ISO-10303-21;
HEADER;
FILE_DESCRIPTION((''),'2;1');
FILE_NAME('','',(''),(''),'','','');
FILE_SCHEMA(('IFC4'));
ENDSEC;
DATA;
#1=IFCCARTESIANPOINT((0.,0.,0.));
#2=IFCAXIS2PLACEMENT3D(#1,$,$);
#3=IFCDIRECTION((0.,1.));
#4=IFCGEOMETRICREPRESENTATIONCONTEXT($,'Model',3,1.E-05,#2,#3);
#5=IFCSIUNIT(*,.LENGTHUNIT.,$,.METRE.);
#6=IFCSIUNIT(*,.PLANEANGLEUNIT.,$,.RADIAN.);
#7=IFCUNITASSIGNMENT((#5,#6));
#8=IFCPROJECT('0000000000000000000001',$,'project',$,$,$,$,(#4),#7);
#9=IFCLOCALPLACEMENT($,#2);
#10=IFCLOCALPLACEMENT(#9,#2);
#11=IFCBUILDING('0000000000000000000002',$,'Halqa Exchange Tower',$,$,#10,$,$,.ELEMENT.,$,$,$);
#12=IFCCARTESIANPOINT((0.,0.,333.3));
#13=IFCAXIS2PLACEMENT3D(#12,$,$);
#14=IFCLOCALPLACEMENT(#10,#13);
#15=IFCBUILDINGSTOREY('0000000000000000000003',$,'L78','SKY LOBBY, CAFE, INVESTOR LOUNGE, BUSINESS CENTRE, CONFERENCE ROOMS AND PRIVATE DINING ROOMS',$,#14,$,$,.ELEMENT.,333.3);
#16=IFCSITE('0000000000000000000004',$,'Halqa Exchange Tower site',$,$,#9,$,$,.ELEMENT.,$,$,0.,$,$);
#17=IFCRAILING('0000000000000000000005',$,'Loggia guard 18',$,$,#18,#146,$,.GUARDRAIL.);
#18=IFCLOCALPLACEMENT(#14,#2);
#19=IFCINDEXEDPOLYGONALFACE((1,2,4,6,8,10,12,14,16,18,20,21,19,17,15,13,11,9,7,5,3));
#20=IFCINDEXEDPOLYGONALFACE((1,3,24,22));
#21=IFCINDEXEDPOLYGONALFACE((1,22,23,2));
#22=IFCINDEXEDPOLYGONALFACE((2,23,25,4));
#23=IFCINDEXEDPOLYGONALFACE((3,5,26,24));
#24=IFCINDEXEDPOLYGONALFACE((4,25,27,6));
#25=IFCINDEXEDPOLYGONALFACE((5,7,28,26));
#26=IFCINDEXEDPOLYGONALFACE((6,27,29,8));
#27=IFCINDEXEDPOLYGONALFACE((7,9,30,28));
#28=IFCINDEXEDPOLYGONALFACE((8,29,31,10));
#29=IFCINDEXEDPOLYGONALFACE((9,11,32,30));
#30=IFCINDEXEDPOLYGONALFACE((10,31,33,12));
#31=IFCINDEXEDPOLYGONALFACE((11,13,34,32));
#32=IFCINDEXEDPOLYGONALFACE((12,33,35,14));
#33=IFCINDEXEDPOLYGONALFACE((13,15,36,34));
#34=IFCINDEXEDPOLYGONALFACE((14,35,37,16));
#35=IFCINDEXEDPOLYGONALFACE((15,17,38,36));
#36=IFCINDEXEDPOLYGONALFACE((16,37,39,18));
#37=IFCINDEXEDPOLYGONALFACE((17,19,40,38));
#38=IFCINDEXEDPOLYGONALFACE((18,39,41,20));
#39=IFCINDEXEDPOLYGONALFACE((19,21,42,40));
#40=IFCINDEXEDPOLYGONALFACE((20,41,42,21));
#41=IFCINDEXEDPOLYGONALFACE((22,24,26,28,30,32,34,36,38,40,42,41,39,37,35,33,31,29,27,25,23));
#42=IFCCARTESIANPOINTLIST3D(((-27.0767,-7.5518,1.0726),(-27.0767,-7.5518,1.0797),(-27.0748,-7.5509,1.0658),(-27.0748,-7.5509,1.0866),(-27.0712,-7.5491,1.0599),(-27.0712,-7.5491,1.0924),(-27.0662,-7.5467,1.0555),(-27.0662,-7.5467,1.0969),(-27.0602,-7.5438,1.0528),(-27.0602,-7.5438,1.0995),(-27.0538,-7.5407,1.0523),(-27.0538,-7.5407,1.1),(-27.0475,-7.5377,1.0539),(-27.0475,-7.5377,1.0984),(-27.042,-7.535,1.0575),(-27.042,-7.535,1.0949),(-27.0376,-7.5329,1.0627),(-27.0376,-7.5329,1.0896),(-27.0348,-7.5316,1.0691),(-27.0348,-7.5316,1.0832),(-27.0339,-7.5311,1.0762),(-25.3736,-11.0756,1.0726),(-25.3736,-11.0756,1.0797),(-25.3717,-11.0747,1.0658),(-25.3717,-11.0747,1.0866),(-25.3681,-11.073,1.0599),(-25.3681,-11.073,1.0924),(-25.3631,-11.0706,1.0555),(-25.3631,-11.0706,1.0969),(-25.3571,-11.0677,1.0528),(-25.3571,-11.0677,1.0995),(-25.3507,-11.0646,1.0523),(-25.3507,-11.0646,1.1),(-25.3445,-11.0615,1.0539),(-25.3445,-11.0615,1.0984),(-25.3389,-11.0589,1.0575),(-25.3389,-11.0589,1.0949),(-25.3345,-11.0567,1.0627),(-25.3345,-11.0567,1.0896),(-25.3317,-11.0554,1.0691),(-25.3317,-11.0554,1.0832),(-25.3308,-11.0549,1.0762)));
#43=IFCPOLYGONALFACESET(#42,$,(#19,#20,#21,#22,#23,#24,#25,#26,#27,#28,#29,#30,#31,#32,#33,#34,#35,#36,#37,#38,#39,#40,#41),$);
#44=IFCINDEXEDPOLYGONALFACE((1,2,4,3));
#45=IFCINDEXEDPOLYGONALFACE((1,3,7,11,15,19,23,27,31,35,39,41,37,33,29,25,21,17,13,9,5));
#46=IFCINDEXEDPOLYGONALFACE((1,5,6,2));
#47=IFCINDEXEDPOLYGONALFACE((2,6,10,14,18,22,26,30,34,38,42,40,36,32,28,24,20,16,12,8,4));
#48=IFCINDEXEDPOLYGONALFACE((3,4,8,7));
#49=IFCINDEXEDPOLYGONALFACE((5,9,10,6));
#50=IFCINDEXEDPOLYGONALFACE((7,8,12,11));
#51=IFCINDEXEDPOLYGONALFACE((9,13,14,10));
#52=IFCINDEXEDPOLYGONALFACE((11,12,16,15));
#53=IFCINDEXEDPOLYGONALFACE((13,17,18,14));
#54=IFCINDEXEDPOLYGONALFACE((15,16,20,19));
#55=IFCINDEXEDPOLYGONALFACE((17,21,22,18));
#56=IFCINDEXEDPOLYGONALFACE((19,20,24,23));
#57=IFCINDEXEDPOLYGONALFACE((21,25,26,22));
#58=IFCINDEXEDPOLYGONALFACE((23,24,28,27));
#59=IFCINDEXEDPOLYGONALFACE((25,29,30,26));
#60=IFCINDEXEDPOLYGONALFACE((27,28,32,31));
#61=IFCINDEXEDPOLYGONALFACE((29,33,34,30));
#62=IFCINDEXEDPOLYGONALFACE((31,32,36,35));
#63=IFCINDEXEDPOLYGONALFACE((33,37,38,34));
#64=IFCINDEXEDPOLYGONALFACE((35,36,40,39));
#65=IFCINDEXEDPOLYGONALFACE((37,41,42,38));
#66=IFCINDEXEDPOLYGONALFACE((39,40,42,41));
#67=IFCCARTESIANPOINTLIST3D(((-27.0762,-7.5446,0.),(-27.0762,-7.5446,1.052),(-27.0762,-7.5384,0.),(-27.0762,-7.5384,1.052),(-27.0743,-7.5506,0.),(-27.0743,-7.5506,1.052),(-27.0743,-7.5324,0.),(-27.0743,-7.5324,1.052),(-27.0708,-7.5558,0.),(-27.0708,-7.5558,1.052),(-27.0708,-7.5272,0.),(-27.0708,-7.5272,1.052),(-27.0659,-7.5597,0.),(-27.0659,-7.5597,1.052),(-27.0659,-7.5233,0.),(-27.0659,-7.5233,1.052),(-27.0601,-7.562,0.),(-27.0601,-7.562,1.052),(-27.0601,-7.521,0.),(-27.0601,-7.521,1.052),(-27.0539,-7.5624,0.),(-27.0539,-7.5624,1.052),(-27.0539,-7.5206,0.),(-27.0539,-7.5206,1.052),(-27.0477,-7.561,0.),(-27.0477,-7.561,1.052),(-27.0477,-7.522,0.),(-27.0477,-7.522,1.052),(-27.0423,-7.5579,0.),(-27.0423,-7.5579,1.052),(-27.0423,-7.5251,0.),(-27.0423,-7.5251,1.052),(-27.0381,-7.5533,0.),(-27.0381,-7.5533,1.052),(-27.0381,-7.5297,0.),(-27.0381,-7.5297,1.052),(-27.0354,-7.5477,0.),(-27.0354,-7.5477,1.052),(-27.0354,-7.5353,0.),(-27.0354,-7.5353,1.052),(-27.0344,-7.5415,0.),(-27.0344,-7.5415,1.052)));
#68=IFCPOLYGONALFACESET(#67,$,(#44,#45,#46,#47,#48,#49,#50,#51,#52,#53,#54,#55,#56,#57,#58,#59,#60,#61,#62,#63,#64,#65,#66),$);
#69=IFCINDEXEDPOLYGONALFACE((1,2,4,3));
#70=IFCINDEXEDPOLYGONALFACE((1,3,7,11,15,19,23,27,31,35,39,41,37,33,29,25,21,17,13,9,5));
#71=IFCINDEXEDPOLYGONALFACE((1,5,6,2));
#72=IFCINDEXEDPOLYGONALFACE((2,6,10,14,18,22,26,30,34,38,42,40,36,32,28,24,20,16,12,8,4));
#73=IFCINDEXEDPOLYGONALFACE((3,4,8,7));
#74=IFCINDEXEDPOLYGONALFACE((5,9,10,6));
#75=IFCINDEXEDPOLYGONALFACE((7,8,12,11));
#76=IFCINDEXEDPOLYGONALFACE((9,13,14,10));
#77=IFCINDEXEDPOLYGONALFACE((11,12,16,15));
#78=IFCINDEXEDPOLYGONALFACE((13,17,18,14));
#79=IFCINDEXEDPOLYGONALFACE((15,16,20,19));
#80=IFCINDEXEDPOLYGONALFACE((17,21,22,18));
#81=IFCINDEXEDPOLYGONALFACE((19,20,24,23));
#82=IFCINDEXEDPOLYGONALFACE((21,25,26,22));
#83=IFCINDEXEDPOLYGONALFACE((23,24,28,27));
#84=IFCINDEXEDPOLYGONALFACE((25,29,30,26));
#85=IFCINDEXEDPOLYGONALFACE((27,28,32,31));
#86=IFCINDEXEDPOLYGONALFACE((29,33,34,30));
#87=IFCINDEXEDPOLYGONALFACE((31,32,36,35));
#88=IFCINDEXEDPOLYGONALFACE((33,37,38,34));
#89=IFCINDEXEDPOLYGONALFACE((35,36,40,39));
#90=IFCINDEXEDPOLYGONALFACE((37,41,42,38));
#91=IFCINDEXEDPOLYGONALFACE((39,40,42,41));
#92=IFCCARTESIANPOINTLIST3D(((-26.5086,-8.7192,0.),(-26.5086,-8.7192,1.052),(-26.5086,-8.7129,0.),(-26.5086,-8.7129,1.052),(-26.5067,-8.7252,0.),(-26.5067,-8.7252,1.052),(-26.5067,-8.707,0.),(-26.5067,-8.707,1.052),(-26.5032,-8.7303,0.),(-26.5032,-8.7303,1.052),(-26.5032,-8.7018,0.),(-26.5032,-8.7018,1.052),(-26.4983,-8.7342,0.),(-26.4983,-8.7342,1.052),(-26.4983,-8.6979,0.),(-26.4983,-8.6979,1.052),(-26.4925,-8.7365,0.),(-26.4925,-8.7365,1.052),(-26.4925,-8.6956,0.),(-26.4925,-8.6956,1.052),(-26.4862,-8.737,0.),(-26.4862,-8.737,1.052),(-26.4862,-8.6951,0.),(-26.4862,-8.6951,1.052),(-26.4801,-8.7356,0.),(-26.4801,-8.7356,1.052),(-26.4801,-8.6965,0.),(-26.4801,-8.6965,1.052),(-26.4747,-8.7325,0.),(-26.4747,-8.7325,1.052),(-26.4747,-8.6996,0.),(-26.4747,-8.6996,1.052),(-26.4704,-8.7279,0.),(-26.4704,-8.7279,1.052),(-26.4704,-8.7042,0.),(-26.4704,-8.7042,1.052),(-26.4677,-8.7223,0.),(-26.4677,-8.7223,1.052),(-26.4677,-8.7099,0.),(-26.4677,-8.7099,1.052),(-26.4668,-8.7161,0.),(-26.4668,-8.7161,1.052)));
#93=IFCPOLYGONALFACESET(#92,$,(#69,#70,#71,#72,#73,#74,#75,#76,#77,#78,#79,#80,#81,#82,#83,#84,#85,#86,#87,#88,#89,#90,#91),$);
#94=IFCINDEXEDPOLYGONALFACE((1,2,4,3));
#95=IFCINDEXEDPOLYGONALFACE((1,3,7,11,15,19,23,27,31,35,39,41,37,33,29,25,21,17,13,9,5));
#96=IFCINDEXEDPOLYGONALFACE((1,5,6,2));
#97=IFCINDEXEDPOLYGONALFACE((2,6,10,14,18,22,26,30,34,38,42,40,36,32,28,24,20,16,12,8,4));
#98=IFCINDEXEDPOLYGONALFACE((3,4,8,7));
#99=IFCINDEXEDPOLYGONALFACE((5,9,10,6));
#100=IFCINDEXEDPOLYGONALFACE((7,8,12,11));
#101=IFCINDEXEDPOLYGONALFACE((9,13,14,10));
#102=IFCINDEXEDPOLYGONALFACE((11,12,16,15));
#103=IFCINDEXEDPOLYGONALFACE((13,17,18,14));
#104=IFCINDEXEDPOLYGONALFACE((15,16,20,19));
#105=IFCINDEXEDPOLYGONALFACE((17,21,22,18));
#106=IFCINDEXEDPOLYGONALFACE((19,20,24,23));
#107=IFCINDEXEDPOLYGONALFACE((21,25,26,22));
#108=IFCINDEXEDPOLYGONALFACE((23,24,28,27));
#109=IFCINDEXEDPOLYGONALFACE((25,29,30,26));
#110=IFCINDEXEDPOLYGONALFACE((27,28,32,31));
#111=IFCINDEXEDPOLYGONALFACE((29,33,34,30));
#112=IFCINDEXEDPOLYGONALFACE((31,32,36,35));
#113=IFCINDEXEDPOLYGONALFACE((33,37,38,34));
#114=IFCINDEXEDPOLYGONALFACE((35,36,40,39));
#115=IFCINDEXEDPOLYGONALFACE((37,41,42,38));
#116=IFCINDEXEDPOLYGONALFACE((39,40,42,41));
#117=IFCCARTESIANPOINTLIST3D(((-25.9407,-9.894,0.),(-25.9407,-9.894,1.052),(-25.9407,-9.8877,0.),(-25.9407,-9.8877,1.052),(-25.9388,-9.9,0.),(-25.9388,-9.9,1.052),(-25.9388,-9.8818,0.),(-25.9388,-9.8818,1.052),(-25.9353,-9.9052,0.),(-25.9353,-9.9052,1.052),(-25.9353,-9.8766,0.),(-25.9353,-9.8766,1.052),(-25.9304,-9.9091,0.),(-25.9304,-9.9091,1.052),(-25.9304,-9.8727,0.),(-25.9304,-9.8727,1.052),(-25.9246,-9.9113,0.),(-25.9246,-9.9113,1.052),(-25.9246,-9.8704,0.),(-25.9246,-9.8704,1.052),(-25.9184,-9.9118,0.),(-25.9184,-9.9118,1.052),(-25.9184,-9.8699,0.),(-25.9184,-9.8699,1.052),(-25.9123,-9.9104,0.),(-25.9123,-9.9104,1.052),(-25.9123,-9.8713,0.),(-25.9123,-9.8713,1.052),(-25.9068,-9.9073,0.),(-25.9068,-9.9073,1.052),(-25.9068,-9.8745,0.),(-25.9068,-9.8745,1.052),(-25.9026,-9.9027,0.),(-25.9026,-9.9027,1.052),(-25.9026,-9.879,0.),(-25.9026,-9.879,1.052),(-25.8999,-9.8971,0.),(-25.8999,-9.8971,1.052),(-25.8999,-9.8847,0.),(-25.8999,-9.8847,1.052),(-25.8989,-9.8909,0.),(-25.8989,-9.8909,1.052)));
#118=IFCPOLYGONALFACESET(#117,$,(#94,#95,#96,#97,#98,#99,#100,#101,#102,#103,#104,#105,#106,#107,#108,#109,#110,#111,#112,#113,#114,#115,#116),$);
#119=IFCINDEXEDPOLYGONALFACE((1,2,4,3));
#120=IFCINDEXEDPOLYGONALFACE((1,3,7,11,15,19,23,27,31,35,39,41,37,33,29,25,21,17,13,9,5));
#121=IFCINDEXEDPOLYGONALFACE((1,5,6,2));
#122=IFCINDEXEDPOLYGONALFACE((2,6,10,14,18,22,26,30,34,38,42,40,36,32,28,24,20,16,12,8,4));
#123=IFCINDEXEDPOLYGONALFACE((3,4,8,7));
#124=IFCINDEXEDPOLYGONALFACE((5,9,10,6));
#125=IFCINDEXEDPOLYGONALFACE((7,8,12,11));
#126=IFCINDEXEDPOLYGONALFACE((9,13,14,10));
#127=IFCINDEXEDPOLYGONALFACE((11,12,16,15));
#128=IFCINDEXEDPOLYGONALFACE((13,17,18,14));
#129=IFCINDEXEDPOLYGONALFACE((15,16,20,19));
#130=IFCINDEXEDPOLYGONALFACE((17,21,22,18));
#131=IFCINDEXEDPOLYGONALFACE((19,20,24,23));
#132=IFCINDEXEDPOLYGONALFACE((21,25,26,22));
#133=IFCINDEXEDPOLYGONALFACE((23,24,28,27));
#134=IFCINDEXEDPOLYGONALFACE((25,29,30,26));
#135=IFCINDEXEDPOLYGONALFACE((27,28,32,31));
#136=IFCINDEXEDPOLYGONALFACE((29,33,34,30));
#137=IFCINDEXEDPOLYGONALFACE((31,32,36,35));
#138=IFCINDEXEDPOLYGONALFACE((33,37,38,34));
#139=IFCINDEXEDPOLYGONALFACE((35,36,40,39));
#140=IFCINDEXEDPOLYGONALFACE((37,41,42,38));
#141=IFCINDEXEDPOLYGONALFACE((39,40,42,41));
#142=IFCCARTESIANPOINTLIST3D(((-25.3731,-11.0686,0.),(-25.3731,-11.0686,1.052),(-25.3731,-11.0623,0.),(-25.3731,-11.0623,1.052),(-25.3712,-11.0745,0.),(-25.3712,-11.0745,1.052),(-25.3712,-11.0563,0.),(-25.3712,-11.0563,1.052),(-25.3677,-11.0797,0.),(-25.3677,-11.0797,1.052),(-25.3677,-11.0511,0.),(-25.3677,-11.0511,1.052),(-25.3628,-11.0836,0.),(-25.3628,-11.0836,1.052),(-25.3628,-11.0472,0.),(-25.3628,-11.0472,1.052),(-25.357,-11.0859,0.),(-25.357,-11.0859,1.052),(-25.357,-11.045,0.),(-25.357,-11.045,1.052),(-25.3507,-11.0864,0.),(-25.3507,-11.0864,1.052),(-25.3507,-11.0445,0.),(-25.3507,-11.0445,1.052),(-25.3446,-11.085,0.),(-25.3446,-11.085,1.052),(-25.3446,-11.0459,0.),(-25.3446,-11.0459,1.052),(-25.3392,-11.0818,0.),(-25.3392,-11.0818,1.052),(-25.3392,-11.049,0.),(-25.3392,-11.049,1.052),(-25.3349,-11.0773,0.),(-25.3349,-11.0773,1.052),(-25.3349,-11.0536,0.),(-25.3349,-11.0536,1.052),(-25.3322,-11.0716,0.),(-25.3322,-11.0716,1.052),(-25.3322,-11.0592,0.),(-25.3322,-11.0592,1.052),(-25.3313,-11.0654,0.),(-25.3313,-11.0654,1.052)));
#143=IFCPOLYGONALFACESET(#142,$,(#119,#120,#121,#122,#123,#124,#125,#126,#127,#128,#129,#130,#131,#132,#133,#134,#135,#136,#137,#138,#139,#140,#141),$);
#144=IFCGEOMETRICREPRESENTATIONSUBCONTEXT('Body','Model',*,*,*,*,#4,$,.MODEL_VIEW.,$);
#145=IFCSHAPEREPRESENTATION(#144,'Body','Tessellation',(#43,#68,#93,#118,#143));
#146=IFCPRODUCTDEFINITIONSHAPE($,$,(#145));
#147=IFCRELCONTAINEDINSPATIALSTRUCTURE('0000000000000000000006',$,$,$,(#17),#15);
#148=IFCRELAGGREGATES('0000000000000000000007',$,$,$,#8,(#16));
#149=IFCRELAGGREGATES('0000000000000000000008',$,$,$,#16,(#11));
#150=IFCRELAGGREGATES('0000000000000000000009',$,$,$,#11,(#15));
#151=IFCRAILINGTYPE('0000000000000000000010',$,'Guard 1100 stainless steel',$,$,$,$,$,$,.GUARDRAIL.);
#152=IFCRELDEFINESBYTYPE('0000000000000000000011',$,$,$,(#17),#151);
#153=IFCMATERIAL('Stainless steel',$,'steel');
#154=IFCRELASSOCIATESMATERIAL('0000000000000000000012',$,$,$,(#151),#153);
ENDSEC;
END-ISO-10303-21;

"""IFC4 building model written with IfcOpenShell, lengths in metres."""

from ifc_helpers import new_model, si_unit, direction, frame, origin, origin_2d, place, context, subcontext, project, spatial, circle, extrude, material, type_object, element, save


model = new_model("IFC4")

# Units and contexts
model_context = context("Model", 3, precision=1e-05, world=origin(), true_north=direction((0.0, 1.0)))
body_context = subcontext(model_context, "Body", "Model", "MODEL_VIEW")
ifc_project = project(units=[si_unit("LENGTHUNIT", "METRE"), si_unit("PLANEANGLEUNIT", "RADIAN")], contexts=[model_context])

# Site, building, storey
site_placement = place(None, origin())
site = spatial("IfcSite", under=ifc_project, at=site_placement, Name="Halqa Exchange Tower site", CompositionType="ELEMENT", RefElevation=0.0)
building_placement = place(site_placement, origin())
building = spatial("IfcBuilding", under=site, at=building_placement, Name="Halqa Exchange Tower", CompositionType="ELEMENT")
storey_placement = place(building_placement, frame((0.0, 0.0, 333.3)))
storey = spatial("IfcBuildingStorey", under=building, at=storey_placement, Name="L78", Description="SKY LOBBY, CAFE, INVESTOR LOUNGE, BUSINESS CENTRE, CONFERENCE ROOMS AND PRIVATE DINING ROOMS", CompositionType="ELEMENT", Elevation=333.3)

# Railing
ifc_material_1 = material(Name="Stainless steel", Category="steel")
railing_type = type_object("IfcRailingType", Name="Guard 1100 stainless steel", PredefinedType="GUARDRAIL", material=ifc_material_1)
railing_1_placement = place(storey_placement, frame((-27.0554, -7.5415, 0.0)))
element("IfcRailing", 1, at=railing_1_placement, inside=storey, type_object=railing_type, Name="Loggia guard 18", PredefinedType="GUARDRAIL", context=body_context, shape_type="SweptSolid", body=[
    extrude(circle(Radius=0.0239, at=origin_2d()), frame((0.0, 0.0, 1.0762), z_axis=(0.435147, -0.90036, 0.0), x_axis=(0.90036, 0.435147, 0.0)), (0.0, 0.0, 1.0), 3.9138),
    extrude(circle(Radius=0.021, at=origin_2d()), origin(), (0.0, 0.0, 1.0), 1.052),
    extrude(circle(Radius=0.021, at=origin_2d()), frame((0.5676, -1.1746, 0.0)), (0.0, 0.0, 1.0), 1.052),
    extrude(circle(Radius=0.021, at=origin_2d()), frame((1.1355, -2.3494, 0.0)), (0.0, 0.0, 1.0), 1.052),
    extrude(circle(Radius=0.021, at=origin_2d()), frame((1.7031, -3.5239, 0.0)), (0.0, 0.0, 1.0), 1.052),
])

save(model, "model.ifc")
